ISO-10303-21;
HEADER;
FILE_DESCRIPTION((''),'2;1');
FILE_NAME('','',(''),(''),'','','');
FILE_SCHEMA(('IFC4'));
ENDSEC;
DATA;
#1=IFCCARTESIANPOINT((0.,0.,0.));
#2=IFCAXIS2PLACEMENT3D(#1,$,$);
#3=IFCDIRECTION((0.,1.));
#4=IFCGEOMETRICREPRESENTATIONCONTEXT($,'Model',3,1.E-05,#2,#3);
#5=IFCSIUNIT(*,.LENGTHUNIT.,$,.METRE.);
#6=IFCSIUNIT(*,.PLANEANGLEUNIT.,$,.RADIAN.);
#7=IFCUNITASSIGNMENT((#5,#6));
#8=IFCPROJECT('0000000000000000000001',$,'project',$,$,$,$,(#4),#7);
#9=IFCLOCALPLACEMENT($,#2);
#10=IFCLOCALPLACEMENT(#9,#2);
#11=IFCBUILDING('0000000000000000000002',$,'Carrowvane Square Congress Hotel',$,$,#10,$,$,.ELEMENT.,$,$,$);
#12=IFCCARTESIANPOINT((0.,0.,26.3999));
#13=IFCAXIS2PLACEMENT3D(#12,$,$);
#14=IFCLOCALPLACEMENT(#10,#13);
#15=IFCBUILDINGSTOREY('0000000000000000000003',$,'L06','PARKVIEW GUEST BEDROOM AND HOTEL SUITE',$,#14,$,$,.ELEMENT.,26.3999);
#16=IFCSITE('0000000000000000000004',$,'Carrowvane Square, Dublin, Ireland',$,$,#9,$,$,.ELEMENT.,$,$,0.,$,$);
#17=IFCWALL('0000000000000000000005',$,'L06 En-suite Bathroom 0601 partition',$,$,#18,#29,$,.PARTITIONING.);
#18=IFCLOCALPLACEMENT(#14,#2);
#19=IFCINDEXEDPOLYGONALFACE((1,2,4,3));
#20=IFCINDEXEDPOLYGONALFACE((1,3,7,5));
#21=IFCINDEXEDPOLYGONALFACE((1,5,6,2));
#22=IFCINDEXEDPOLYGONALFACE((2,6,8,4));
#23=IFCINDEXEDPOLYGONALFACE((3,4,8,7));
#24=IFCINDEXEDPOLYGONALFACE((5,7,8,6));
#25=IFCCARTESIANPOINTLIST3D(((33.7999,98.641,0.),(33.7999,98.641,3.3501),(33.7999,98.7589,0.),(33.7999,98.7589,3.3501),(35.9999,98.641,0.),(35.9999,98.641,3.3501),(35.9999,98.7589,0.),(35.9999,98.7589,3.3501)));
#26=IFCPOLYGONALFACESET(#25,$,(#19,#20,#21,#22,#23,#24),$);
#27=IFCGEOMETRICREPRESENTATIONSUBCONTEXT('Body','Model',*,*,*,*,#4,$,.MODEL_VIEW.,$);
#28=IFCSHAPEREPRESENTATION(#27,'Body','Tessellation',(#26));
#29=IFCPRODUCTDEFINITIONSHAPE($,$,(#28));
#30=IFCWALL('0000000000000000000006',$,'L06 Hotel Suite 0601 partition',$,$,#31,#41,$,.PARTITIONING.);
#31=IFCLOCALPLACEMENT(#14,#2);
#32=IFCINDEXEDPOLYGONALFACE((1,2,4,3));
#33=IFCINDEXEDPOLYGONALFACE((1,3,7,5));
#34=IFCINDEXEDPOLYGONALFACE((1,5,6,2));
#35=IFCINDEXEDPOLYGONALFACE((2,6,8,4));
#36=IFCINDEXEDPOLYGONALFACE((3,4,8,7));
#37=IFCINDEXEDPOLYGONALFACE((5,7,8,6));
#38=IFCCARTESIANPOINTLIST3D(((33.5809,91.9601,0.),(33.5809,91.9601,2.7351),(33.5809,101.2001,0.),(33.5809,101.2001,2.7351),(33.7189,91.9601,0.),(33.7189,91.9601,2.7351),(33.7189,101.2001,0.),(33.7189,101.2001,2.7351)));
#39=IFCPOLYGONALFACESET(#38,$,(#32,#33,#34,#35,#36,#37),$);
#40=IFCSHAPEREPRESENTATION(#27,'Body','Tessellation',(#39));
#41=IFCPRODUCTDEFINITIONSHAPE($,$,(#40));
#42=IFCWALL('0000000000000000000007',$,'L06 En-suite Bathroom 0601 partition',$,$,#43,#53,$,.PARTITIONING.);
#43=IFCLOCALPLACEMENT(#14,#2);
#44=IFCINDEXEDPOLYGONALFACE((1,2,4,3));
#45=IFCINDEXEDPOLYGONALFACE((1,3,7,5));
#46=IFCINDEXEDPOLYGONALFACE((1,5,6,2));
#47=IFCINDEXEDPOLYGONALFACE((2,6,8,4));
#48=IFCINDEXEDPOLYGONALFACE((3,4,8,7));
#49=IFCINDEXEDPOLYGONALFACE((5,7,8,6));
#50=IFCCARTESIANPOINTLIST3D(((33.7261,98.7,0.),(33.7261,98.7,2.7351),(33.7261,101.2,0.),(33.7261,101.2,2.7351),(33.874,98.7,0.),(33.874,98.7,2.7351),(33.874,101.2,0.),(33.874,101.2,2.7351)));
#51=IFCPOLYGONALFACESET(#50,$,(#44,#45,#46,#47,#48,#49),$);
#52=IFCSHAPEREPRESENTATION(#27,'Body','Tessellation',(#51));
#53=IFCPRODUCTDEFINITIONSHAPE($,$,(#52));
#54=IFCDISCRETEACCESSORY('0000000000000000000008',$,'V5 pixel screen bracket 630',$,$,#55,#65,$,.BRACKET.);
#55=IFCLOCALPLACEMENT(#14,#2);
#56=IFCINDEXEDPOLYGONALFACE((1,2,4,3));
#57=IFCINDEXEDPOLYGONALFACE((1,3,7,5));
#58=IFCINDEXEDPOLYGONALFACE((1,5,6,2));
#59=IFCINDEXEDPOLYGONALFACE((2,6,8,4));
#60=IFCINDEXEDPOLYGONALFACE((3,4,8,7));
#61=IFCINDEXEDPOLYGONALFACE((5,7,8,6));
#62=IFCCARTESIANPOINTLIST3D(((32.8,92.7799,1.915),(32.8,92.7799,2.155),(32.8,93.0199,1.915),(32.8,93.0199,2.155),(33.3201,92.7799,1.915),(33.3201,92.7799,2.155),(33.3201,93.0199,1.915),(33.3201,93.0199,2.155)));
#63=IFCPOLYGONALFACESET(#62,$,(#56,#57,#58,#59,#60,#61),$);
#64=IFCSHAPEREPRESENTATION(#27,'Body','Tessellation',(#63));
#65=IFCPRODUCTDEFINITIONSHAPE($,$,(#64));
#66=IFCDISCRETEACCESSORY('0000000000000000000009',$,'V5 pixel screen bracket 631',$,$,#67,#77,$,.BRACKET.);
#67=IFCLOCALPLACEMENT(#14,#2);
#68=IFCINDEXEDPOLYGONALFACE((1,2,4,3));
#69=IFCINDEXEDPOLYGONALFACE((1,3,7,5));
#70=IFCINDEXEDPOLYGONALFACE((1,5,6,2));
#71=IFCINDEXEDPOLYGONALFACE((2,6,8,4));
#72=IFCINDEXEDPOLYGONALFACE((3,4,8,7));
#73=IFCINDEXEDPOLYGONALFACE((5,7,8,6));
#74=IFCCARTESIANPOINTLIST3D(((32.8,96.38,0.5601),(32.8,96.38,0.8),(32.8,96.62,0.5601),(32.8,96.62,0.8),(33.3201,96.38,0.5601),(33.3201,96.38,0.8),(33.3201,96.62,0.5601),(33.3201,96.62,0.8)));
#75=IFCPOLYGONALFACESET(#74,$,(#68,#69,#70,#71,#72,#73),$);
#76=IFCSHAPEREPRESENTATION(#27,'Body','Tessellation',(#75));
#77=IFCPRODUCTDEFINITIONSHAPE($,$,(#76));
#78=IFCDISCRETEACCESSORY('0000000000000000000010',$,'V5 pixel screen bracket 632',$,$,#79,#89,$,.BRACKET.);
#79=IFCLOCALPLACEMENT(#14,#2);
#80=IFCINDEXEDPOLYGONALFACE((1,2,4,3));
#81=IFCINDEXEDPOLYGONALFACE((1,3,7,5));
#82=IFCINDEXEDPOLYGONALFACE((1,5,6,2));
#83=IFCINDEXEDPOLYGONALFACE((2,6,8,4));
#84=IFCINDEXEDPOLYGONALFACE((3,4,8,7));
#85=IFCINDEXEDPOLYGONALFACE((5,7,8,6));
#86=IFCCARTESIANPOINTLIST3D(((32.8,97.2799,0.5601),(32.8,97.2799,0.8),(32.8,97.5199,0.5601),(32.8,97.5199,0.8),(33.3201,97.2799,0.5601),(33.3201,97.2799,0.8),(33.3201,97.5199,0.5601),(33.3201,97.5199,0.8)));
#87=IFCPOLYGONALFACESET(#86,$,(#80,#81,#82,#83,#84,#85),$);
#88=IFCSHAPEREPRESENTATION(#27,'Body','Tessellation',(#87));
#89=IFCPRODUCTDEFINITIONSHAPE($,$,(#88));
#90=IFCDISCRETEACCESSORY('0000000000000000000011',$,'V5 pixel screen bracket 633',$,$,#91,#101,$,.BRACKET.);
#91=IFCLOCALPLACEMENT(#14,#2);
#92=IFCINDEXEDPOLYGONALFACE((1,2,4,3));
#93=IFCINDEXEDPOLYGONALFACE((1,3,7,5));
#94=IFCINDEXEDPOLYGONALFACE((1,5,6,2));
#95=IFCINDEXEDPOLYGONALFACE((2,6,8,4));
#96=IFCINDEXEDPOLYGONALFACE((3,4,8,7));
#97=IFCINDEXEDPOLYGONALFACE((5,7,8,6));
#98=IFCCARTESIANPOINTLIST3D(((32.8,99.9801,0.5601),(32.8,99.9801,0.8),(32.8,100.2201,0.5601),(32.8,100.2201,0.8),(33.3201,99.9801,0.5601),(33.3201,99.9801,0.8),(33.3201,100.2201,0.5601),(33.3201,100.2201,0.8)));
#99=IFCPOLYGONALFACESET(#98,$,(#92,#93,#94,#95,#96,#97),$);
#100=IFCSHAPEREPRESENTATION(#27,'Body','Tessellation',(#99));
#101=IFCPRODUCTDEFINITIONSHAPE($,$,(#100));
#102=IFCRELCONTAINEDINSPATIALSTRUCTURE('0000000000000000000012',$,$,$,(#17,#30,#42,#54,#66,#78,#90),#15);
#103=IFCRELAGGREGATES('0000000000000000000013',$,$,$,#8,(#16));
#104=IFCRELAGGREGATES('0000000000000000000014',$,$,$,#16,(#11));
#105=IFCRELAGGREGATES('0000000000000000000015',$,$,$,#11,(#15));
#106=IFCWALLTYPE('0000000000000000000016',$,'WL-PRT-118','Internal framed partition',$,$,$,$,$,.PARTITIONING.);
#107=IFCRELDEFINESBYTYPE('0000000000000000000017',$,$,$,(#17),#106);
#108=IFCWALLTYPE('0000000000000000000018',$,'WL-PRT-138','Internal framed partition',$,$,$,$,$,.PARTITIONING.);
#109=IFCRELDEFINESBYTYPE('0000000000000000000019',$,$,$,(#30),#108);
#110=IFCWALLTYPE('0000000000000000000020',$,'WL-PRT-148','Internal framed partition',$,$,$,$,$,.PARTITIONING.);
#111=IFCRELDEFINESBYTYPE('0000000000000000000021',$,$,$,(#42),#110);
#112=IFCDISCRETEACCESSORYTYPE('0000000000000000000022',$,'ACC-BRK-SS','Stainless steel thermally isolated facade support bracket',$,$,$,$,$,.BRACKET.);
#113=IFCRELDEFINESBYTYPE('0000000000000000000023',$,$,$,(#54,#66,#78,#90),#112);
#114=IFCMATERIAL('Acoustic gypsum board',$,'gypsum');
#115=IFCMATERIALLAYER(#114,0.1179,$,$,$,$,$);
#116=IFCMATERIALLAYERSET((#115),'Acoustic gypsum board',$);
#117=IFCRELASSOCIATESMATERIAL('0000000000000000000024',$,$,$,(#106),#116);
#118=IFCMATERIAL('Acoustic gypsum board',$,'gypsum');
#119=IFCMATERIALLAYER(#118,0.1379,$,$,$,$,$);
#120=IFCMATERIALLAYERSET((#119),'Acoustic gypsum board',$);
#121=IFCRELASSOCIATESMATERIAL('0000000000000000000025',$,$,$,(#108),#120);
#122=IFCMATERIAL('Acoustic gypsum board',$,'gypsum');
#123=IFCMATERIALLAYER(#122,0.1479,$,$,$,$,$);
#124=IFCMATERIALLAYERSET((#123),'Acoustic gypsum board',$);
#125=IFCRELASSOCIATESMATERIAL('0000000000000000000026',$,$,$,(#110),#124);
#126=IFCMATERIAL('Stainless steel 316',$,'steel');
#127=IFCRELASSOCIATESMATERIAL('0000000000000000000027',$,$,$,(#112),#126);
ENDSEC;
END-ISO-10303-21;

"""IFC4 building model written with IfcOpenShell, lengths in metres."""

from ifc_helpers import new_model, si_unit, direction, frame, frame_2d, origin, origin_2d, place, context, subcontext, project, spatial, rectangle, extrude, material, layer, layer_set, type_object, element, save


model = new_model("IFC4")

# Units and contexts
model_context = context("Model", 3, precision=1e-05, world=origin(), true_north=direction((0.0, 1.0)))
body_context = subcontext(model_context, "Body", "Model", "MODEL_VIEW")
ifc_project = project(units=[si_unit("LENGTHUNIT", "METRE"), si_unit("PLANEANGLEUNIT", "RADIAN")], contexts=[model_context])

# Site, building, storey
site_placement = place(None, origin())
site = spatial("IfcSite", under=ifc_project, at=site_placement, Name="Carrowvane Square, Dublin, Ireland", CompositionType="ELEMENT", RefElevation=0.0)
building_placement = place(site_placement, origin())
building = spatial("IfcBuilding", under=site, at=building_placement, Name="Carrowvane Square Congress Hotel", CompositionType="ELEMENT")
storey_placement = place(building_placement, frame((0.0, 0.0, 26.3999)))
storey = spatial("IfcBuildingStorey", under=building, at=storey_placement, Name="L06", Description="PARKVIEW GUEST BEDROOM AND HOTEL SUITE", CompositionType="ELEMENT", Elevation=26.3999)

# Walls
ifc_material_1 = material(Name="Acoustic gypsum board", Category="gypsum")
ifc_layer_1 = layer(ifc_material_1, 0.1179)
ifc_layer_set_1 = layer_set([ifc_layer_1], Name="Acoustic gypsum board")
wall_type_1 = type_object("IfcWallType", Name="WL-PRT-118", Description="Internal framed partition", PredefinedType="PARTITIONING", material=ifc_layer_set_1)
wall_1_placement = place(storey_placement, frame((36.0, 98.7, 0.0), z_axis=(0.0, 0.0, 1.0), x_axis=(-1.0, 0.0, 0.0)))
element("IfcWall", 1, at=wall_1_placement, inside=storey, type_object=wall_type_1, Name="L06 En-suite Bathroom 0601 partition", PredefinedType="PARTITIONING", context=body_context, shape_type="SweptSolid", body=[
    extrude(rectangle(XDim=2.2, YDim=0.1179, at=frame_2d((1.1001, 0.0))), origin(), (0.0, 0.0, 1.0), 3.3501),
])
ifc_material_2 = material(Name="Acoustic gypsum board", Category="gypsum")
ifc_layer_2 = layer(ifc_material_2, 0.1379)
ifc_layer_set_2 = layer_set([ifc_layer_2], Name="Acoustic gypsum board")
wall_type_2 = type_object("IfcWallType", Name="WL-PRT-138", Description="Internal framed partition", PredefinedType="PARTITIONING", material=ifc_layer_set_2)
wall_2_placement = place(storey_placement, frame((33.6499, 91.96, 0.0), z_axis=(0.0, 0.0, 1.0), x_axis=(0.0, 1.0, 0.0)))
element("IfcWall", 2, at=wall_2_placement, inside=storey, type_object=wall_type_2, Name="L06 Hotel Suite 0601 partition", PredefinedType="PARTITIONING", context=body_context, shape_type="SweptSolid", body=[
    extrude(rectangle(XDim=9.24, YDim=0.1379, at=frame_2d((4.6201, 0.0))), origin(), (0.0, 0.0, 1.0), 2.7351),
])
ifc_material_3 = material(Name="Acoustic gypsum board", Category="gypsum")
ifc_layer_3 = layer(ifc_material_3, 0.1479)
ifc_layer_set_3 = layer_set([ifc_layer_3], Name="Acoustic gypsum board")
wall_type_3 = type_object("IfcWallType", Name="WL-PRT-148", Description="Internal framed partition", PredefinedType="PARTITIONING", material=ifc_layer_set_3)
wall_3_placement = place(storey_placement, frame((33.8, 98.7, 0.0), z_axis=(0.0, 0.0, 1.0), x_axis=(0.0, 1.0, 0.0)))
element("IfcWall", 3, at=wall_3_placement, inside=storey, type_object=wall_type_3, Name="L06 En-suite Bathroom 0601 partition", PredefinedType="PARTITIONING", context=body_context, shape_type="SweptSolid", body=[
    extrude(rectangle(XDim=2.5, YDim=0.1479, at=frame_2d((1.25, 0.0))), origin(), (0.0, 0.0, 1.0), 2.7351),
])

# Discrete accessories
ifc_material_4 = material(Name="Stainless steel 316", Category="steel")
discrete_accessory_type = type_object("IfcDiscreteAccessoryType", Name="ACC-BRK-SS", Description="Stainless steel thermally isolated facade support bracket", PredefinedType="BRACKET", material=ifc_material_4)
for number, where, z_axis, x_axis, name in (
    (4, (33.0601, 92.8999, 1.915), (0.0, 0.0, 1.0), (0.0, 1.0, 0.0), "V5 pixel screen bracket 630"),
    (5, (33.0601, 96.5, 0.5601), (0.0, 0.0, 1.0), (0.0, 1.0, 0.0), "V5 pixel screen bracket 631"),
    (6, (33.0601, 97.3999, 0.5601), (0.0, 0.0, 1.0), (0.0, 1.0, 0.0), "V5 pixel screen bracket 632"),
    (7, (33.0601, 100.1001, 0.5601), (0.0, 0.0, 1.0), (0.0, 1.0, 0.0), "V5 pixel screen bracket 633"),
):
    element("IfcDiscreteAccessory", number, at=place(storey_placement, frame(where, z_axis=z_axis, x_axis=x_axis)), inside=storey, type_object=discrete_accessory_type, Name=name, PredefinedType="BRACKET", context=body_context, shape_type="SweptSolid", body=[
        extrude(rectangle(XDim=0.24, YDim=0.52, at=origin_2d()), origin(), (0.0, 0.0, 1.0), 0.24),
    ])

save(model, "model.ifc")
